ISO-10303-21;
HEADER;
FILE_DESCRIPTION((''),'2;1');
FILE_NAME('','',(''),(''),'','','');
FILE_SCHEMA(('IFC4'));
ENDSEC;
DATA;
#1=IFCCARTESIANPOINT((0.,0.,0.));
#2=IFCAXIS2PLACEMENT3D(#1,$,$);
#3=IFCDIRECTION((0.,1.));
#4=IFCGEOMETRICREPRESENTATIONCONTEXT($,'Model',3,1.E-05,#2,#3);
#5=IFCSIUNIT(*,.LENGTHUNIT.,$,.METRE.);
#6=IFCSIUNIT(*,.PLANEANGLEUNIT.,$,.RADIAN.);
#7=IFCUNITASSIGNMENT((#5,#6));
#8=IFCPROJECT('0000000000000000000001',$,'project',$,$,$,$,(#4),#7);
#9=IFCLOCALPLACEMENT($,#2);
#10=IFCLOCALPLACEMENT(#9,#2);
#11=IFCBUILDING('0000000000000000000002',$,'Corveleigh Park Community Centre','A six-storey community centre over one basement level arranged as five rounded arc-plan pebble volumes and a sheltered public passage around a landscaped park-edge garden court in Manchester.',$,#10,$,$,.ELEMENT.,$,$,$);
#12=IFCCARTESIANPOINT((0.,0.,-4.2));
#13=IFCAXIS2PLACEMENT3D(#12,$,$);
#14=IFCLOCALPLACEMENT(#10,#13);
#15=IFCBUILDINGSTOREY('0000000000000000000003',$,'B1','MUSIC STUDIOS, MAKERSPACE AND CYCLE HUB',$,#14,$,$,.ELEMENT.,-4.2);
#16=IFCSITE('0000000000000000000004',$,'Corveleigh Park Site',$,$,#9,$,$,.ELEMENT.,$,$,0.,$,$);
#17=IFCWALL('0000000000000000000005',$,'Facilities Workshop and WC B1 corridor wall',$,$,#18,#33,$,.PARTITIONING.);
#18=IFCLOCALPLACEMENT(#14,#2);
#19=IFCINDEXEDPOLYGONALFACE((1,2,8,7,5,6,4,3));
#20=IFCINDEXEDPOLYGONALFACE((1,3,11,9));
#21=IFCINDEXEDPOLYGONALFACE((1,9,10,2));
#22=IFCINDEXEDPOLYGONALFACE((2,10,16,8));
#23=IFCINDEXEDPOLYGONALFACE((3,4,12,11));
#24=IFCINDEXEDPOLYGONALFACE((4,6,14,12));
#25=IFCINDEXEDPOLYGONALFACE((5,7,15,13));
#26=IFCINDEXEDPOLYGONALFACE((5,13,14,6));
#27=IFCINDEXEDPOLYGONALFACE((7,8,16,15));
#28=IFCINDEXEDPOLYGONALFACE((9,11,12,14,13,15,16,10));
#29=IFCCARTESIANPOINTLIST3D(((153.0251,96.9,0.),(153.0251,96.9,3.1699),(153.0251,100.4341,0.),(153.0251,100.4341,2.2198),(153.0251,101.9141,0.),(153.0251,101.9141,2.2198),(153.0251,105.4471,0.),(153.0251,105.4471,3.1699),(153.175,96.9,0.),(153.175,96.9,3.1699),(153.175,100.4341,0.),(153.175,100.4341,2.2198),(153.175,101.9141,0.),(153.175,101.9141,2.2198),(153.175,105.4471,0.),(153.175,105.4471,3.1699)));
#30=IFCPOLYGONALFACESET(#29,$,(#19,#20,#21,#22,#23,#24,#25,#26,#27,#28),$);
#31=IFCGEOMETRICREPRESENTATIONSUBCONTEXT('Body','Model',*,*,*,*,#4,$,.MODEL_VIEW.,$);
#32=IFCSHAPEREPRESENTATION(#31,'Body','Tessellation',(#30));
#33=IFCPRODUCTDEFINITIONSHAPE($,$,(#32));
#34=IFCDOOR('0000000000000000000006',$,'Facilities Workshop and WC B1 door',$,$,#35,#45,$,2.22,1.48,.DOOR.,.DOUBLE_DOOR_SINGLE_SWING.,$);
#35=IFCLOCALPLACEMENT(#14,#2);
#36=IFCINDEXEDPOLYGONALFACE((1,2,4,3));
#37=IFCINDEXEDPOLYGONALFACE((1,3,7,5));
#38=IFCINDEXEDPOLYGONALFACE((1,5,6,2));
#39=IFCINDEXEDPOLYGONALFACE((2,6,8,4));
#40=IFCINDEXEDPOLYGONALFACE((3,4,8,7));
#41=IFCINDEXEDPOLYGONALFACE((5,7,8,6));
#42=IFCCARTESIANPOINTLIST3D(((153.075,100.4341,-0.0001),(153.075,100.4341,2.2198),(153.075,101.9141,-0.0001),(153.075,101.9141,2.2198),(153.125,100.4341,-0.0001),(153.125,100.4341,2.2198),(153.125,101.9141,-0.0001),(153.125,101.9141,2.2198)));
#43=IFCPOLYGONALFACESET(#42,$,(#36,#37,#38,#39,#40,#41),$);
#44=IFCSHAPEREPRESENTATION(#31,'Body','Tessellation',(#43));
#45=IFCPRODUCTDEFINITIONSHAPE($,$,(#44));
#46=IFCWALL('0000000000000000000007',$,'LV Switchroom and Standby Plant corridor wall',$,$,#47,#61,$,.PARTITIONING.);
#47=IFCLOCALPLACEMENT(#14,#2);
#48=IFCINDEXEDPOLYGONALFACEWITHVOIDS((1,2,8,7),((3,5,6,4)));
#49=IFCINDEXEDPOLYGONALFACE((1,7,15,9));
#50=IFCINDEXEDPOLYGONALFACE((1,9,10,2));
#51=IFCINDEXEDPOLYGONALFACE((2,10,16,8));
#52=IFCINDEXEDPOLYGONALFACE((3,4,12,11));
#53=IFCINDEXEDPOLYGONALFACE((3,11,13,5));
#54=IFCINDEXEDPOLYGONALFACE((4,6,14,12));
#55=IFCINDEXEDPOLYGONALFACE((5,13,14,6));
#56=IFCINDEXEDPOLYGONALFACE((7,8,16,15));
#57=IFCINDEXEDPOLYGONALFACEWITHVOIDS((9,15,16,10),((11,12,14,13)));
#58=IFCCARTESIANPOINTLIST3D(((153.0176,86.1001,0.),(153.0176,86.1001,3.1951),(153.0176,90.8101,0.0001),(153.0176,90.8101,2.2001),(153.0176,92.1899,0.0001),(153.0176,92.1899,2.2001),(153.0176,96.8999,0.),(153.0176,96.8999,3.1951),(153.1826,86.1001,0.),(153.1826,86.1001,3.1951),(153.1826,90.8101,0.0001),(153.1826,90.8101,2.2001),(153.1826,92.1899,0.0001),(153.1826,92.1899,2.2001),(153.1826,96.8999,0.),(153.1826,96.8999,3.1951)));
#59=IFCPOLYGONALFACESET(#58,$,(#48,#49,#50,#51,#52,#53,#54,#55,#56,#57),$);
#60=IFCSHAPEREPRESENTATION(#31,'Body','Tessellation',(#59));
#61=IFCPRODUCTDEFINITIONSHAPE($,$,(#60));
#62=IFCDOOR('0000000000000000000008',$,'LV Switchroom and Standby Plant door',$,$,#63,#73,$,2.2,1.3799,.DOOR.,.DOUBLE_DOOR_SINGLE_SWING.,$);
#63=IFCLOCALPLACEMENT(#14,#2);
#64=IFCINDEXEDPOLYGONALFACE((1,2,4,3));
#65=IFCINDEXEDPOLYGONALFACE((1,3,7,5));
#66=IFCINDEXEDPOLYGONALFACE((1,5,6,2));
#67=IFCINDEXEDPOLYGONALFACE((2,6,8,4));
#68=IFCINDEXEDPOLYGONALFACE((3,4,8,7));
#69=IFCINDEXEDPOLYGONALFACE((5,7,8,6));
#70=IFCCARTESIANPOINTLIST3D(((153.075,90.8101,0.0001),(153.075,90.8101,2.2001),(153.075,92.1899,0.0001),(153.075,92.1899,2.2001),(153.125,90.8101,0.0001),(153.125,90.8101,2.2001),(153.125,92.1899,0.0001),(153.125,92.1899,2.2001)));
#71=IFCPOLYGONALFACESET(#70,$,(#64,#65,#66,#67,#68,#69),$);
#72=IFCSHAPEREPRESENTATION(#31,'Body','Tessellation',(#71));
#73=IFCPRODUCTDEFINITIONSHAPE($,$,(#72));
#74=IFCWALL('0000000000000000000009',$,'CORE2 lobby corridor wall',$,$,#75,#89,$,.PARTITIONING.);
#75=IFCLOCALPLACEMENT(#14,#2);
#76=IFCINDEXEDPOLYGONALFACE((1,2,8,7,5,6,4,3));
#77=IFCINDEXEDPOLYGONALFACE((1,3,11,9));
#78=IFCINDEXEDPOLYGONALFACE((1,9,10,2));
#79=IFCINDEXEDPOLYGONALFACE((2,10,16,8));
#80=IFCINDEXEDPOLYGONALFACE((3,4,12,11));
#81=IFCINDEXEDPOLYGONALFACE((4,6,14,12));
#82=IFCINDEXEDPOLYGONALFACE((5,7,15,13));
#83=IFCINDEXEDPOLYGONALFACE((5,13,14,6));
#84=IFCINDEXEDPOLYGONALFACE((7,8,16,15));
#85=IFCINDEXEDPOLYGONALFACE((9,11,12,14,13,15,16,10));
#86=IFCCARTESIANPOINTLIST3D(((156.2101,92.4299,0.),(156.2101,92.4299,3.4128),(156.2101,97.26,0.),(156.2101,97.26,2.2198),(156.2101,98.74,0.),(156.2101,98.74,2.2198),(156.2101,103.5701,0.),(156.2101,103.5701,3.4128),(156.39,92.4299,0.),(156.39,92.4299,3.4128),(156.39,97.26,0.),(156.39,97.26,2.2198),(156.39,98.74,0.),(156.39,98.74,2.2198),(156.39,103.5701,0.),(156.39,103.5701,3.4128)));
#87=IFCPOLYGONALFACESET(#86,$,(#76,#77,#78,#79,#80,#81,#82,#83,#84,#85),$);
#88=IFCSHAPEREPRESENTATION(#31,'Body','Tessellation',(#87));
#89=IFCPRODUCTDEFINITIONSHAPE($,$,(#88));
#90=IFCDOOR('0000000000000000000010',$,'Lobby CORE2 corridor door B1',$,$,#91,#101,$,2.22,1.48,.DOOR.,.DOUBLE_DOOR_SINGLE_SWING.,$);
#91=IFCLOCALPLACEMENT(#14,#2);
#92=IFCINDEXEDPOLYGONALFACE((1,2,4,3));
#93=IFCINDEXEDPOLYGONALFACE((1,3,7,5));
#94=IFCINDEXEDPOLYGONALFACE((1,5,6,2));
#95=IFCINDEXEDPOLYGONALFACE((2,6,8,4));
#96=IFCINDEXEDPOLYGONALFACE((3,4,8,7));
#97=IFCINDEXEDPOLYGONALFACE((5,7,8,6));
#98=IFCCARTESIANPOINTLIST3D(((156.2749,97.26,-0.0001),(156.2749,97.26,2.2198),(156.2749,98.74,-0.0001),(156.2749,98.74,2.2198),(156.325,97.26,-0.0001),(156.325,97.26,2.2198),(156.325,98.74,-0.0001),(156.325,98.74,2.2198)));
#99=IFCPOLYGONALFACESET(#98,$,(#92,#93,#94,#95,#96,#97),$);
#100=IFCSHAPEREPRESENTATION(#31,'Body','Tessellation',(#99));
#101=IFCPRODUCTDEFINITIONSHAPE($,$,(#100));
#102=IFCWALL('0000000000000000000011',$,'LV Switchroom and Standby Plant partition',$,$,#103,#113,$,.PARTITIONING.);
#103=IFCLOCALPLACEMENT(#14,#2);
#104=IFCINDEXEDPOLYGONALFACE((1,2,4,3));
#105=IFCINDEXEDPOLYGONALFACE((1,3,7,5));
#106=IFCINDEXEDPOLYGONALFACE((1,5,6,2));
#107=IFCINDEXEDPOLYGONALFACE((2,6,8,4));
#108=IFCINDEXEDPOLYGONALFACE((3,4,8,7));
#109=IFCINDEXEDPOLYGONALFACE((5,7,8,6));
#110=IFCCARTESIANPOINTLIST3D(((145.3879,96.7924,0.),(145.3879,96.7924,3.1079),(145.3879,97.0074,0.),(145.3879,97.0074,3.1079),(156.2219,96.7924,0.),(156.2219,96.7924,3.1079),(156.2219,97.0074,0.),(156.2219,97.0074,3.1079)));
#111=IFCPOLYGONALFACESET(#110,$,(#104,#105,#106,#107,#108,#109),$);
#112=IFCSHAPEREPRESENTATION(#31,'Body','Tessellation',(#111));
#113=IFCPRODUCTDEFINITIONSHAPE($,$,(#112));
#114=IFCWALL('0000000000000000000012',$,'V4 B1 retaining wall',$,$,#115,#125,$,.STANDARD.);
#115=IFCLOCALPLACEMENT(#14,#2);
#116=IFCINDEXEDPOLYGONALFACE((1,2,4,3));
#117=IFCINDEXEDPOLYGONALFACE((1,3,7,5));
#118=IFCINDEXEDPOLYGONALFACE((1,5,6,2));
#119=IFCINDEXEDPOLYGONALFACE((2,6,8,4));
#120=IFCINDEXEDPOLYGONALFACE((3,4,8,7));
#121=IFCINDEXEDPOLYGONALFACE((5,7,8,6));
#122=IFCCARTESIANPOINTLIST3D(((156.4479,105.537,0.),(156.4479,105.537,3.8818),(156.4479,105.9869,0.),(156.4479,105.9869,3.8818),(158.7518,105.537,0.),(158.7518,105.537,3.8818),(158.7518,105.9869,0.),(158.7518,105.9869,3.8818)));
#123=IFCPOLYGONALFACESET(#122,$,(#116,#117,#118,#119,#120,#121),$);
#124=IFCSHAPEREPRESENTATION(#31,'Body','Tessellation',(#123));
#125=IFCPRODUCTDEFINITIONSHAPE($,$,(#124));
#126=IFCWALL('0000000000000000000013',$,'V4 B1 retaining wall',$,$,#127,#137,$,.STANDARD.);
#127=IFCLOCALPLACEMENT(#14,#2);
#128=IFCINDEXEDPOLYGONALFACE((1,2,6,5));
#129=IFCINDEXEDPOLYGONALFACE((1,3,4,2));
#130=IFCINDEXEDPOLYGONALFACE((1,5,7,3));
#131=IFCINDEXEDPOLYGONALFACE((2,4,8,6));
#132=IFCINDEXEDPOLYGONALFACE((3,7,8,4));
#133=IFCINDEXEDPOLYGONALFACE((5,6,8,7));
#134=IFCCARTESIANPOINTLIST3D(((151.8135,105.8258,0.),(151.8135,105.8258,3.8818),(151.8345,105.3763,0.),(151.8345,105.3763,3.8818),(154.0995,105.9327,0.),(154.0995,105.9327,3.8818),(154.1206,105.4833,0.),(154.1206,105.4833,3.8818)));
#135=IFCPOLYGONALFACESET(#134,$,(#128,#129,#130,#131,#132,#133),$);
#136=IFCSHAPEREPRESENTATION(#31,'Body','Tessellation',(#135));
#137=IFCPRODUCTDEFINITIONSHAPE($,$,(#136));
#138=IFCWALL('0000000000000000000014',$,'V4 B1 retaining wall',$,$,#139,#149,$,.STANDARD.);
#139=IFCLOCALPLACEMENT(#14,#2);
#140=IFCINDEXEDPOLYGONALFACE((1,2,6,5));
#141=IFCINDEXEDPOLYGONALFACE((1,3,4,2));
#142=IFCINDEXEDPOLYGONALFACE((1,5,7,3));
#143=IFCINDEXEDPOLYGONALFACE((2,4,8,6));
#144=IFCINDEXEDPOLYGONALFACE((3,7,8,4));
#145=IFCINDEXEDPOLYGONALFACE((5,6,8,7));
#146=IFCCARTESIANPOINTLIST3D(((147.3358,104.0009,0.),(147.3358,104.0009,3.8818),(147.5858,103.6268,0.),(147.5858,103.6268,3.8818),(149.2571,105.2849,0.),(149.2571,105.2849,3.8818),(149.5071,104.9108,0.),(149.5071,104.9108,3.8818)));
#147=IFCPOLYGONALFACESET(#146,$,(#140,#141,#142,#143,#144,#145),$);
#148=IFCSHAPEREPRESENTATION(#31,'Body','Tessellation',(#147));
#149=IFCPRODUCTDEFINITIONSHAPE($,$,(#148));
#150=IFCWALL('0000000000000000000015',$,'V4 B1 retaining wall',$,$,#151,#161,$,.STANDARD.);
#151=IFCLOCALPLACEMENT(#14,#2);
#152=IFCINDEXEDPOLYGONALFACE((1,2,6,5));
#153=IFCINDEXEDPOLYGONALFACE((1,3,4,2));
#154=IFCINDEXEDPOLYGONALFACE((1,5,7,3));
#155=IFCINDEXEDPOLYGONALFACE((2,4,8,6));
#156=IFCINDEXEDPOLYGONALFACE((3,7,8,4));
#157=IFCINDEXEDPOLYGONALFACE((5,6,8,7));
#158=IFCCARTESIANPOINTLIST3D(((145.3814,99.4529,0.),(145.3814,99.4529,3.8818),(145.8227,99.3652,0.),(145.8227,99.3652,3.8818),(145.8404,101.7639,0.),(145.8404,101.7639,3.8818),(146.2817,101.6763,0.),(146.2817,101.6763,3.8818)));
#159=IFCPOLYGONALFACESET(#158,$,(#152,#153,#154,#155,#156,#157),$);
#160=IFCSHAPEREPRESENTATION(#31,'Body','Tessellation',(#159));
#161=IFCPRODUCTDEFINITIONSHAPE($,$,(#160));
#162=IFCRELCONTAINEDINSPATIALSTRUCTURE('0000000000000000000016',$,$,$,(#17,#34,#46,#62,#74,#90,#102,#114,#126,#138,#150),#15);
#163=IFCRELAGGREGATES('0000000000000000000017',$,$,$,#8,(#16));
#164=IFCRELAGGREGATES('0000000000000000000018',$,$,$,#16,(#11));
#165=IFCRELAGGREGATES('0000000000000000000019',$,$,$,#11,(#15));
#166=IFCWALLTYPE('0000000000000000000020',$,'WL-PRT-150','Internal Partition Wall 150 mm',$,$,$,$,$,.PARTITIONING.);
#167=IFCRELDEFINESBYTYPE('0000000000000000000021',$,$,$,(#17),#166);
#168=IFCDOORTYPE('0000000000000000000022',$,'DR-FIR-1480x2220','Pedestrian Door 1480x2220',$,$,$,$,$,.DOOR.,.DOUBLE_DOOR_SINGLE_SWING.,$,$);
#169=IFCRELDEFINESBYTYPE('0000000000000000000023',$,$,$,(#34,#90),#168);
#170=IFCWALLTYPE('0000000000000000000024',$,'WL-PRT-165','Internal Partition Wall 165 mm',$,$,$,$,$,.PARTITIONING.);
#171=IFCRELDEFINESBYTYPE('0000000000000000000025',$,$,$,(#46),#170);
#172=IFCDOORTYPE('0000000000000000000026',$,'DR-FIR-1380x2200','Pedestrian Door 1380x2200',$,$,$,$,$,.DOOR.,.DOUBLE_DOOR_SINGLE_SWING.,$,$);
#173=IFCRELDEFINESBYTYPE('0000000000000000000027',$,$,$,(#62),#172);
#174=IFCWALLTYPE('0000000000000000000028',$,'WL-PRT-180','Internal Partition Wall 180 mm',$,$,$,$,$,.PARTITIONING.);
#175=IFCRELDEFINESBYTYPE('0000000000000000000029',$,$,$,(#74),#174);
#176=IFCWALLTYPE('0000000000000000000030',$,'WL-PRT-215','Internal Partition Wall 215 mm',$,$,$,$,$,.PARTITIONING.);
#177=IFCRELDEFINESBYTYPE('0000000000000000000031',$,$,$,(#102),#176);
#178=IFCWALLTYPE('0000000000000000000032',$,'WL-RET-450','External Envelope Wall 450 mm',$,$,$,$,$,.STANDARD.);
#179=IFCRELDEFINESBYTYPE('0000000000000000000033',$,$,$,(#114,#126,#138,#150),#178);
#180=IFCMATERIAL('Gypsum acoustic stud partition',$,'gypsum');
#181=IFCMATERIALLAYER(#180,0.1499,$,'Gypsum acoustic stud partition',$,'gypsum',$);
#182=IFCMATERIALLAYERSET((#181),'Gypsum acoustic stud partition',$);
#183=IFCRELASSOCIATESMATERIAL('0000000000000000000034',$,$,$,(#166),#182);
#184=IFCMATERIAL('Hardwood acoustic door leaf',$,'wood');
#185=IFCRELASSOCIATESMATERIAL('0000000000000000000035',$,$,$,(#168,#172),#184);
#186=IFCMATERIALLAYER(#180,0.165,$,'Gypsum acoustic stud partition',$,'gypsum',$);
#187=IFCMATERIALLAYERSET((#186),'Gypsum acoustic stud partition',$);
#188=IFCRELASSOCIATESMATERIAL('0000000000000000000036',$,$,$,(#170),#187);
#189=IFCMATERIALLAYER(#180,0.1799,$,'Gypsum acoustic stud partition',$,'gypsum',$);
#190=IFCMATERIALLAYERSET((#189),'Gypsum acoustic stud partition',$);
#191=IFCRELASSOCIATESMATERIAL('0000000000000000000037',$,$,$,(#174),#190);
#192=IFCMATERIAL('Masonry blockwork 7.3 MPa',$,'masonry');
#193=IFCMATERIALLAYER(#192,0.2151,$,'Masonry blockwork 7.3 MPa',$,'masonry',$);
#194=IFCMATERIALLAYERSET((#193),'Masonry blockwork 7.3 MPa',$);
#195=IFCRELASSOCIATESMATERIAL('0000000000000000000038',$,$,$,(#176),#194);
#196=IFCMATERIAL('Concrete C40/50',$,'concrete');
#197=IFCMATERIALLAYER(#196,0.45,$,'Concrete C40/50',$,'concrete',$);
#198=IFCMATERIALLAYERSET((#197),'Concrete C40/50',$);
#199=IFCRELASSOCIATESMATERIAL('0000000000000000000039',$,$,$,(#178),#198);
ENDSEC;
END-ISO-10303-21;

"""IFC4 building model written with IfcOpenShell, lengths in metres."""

from ifc_helpers import new_model, si_unit, direction, frame, frame_2d, origin, place, context, subcontext, project, spatial, rectangle, extrude, material, layer, layer_set, type_object, element, fill, save


model = new_model("IFC4")

# Units and contexts
model_context = context("Model", 3, precision=1e-05, world=origin(), true_north=direction((0.0, 1.0)))
body_context = subcontext(model_context, "Body", "Model", "MODEL_VIEW")
ifc_project = project(units=[si_unit("LENGTHUNIT", "METRE"), si_unit("PLANEANGLEUNIT", "RADIAN")], contexts=[model_context])

# Site, building, storey
site_placement = place(None, origin())
site = spatial("IfcSite", under=ifc_project, at=site_placement, Name="Corveleigh Park Site", CompositionType="ELEMENT", RefElevation=0.0)
building_placement = place(site_placement, origin())
building = spatial("IfcBuilding", under=site, at=building_placement, Name="Corveleigh Park Community Centre", Description="A six-storey community centre over one basement level arranged as five rounded arc-plan pebble volumes and a sheltered public passage around a landscaped park-edge garden court in Manchester.", CompositionType="ELEMENT")
storey_placement = place(building_placement, frame((0.0, 0.0, -4.2)))
storey = spatial("IfcBuildingStorey", under=building, at=storey_placement, Name="B1", Description="MUSIC STUDIOS, MAKERSPACE AND CYCLE HUB", CompositionType="ELEMENT", Elevation=-4.2)

# Shared definitions
ifc_material_1 = material(Name="Concrete C40/50", Category="concrete")

# Walls, openings, doors
ifc_material_2 = material(Name="Gypsum acoustic stud partition", Category="gypsum")
ifc_layer_1 = layer(ifc_material_2, 0.1499, Name="Gypsum acoustic stud partition", Category="gypsum")
ifc_layer_set_1 = layer_set([ifc_layer_1], Name="Gypsum acoustic stud partition")
wall_type_1 = type_object("IfcWallType", Name="WL-PRT-150", Description="Internal Partition Wall 150 mm", PredefinedType="PARTITIONING", material=ifc_layer_set_1)
wall_1_placement = place(storey_placement, frame((153.1001, 105.447, 0.0), z_axis=(0.0, 0.0, 1.0), x_axis=(0.0, -1.0, 0.0)))
wall_1 = element("IfcWall", 1, at=wall_1_placement, inside=storey, type_object=wall_type_1, Name="Facilities Workshop and WC B1 corridor wall", PredefinedType="PARTITIONING", context=body_context, shape_type="SweptSolid", body=[
    extrude(rectangle(XDim=8.5471, YDim=0.1499, at=frame_2d((4.2734, 0.0))), origin(), (0.0, 0.0, 1.0), 3.1699),
])
opening_1_placement = place(wall_1_placement, frame((3.533, 0.0, 0.0)))
opening_1 = element("IfcOpeningElement", 2, at=opening_1_placement, cuts=wall_1, PredefinedType="OPENING", context=body_context, shape_type="SweptSolid", body=[
    extrude(rectangle(XDim=1.48, YDim=2.22, at=frame_2d((0.74, 1.1099))), frame((0.0, 0.085, 0.0), z_axis=(0.0, -1.0, 0.0), x_axis=(1.0, 0.0, 0.0)), (0.0, 0.0, 1.0), 0.1699),
])
ifc_material_3 = material(Name="Hardwood acoustic door leaf", Category="wood")
door_type_1 = type_object("IfcDoorType", Name="DR-FIR-1480x2220", Description="Pedestrian Door 1480x2220", OperationType="DOUBLE_DOOR_SINGLE_SWING", PredefinedType="DOOR", material=ifc_material_3)
door_1_placement = place(opening_1_placement, origin())
door_1 = element("IfcDoor", 3, at=door_1_placement, inside=storey, type_object=door_type_1, Name="Facilities Workshop and WC B1 door", OperationType="DOUBLE_DOOR_SINGLE_SWING", OverallHeight=2.22, OverallWidth=1.48, PredefinedType="DOOR", context=body_context, shape_type="SweptSolid", body=[
    extrude(rectangle(XDim=1.48, YDim=2.22, at=frame_2d((0.74, 1.1099))), frame((0.0, 0.0249, 0.0), z_axis=(0.0, -1.0, 0.0), x_axis=(1.0, 0.0, 0.0)), (0.0, 0.0, 1.0), 0.05),
])
fill(opening_1, door_1)
ifc_layer_2 = layer(ifc_material_2, 0.165, Name="Gypsum acoustic stud partition", Category="gypsum")
ifc_layer_set_2 = layer_set([ifc_layer_2], Name="Gypsum acoustic stud partition")
wall_type_2 = type_object("IfcWallType", Name="WL-PRT-165", Description="Internal Partition Wall 165 mm", PredefinedType="PARTITIONING", material=ifc_layer_set_2)
wall_2_placement = place(storey_placement, frame((153.1001, 96.8999, 0.0), z_axis=(0.0, 0.0, 1.0), x_axis=(0.0, -1.0, 0.0)))
wall_2 = element("IfcWall", 4, at=wall_2_placement, inside=storey, type_object=wall_type_2, Name="LV Switchroom and Standby Plant corridor wall", PredefinedType="PARTITIONING", context=body_context, shape_type="SweptSolid", body=[
    extrude(rectangle(XDim=10.7998, YDim=0.165, at=frame_2d((5.3999, 0.0))), origin(), (0.0, 0.0, 1.0), 3.1951),
])
opening_2_placement = place(wall_2_placement, frame((4.71, 0.0, 0.0)))
opening_2 = element("IfcOpeningElement", 5, at=opening_2_placement, cuts=wall_2, PredefinedType="OPENING", context=body_context, shape_type="SweptSolid", body=[
    extrude(rectangle(XDim=1.3799, YDim=2.2, at=frame_2d((0.6899, 1.1001))), frame((0.0, 0.0925, 0.0), z_axis=(0.0, -1.0, 0.0), x_axis=(1.0, 0.0, 0.0)), (0.0, 0.0, 1.0), 0.1851),
])
door_type_2 = type_object("IfcDoorType", Name="DR-FIR-1380x2200", Description="Pedestrian Door 1380x2200", OperationType="DOUBLE_DOOR_SINGLE_SWING", PredefinedType="DOOR", material=ifc_material_3)
door_2_placement = place(opening_2_placement, origin())
door_2 = element("IfcDoor", 6, at=door_2_placement, inside=storey, type_object=door_type_2, Name="LV Switchroom and Standby Plant door", OperationType="DOUBLE_DOOR_SINGLE_SWING", OverallHeight=2.2, OverallWidth=1.3799, PredefinedType="DOOR", context=body_context, shape_type="SweptSolid", body=[
    extrude(rectangle(XDim=1.3799, YDim=2.2, at=frame_2d((0.6899, 1.1001))), frame((0.0, 0.0249, 0.0), z_axis=(0.0, -1.0, 0.0), x_axis=(1.0, 0.0, 0.0)), (0.0, 0.0, 1.0), 0.05),
])
fill(opening_2, door_2)
ifc_layer_3 = layer(ifc_material_2, 0.1799, Name="Gypsum acoustic stud partition", Category="gypsum")
ifc_layer_set_3 = layer_set([ifc_layer_3], Name="Gypsum acoustic stud partition")
wall_type_3 = type_object("IfcWallType", Name="WL-PRT-180", Description="Internal Partition Wall 180 mm", PredefinedType="PARTITIONING", material=ifc_layer_set_3)
wall_3_placement = place(storey_placement, frame((156.3, 103.5701, 0.0), z_axis=(0.0, 0.0, 1.0), x_axis=(0.0, -1.0, 0.0)))
wall_3 = element("IfcWall", 7, at=wall_3_placement, inside=storey, type_object=wall_type_3, Name="CORE2 lobby corridor wall", PredefinedType="PARTITIONING", context=body_context, shape_type="SweptSolid", body=[
    extrude(rectangle(XDim=11.1401, YDim=0.1799, at=frame_2d((5.5701, 0.0))), origin(), (0.0, 0.0, 1.0), 3.4128),
])
opening_3_placement = place(wall_3_placement, frame((4.8301, 0.0, 0.0)))
opening_3 = element("IfcOpeningElement", 8, at=opening_3_placement, cuts=wall_3, PredefinedType="OPENING", context=body_context, shape_type="SweptSolid", body=[
    extrude(rectangle(XDim=1.48, YDim=2.22, at=frame_2d((0.74, 1.1099))), frame((0.0, 0.0999, 0.0), z_axis=(0.0, -1.0, 0.0), x_axis=(1.0, 0.0, 0.0)), (0.0, 0.0, 1.0), 0.2),
])
door_3_placement = place(opening_3_placement, origin())
door_3 = element("IfcDoor", 9, at=door_3_placement, inside=storey, type_object=door_type_1, Name="Lobby CORE2 corridor door B1", OperationType="DOUBLE_DOOR_SINGLE_SWING", OverallHeight=2.22, OverallWidth=1.48, PredefinedType="DOOR", context=body_context, shape_type="SweptSolid", body=[
    extrude(rectangle(XDim=1.48, YDim=2.22, at=frame_2d((0.74, 1.1099))), frame((0.0, 0.0249, 0.0), z_axis=(0.0, -1.0, 0.0), x_axis=(1.0, 0.0, 0.0)), (0.0, 0.0, 1.0), 0.05),
])
fill(opening_3, door_3)

# Walls
ifc_material_4 = material(Name="Masonry blockwork 7.3 MPa", Category="masonry")
ifc_layer_4 = layer(ifc_material_4, 0.2151, Name="Masonry blockwork 7.3 MPa", Category="masonry")
ifc_layer_set_4 = layer_set([ifc_layer_4], Name="Masonry blockwork 7.3 MPa")
wall_type_4 = type_object("IfcWallType", Name="WL-PRT-215", Description="Internal Partition Wall 215 mm", PredefinedType="PARTITIONING", material=ifc_layer_set_4)
wall_4_placement = place(storey_placement, frame((145.3879, 96.8999, 0.0), z_axis=(0.0, 0.0, 1.0), x_axis=(1.0, 0.0, 0.0)))
element("IfcWall", 10, at=wall_4_placement, inside=storey, type_object=wall_type_4, Name="LV Switchroom and Standby Plant partition", PredefinedType="PARTITIONING", context=body_context, shape_type="SweptSolid", body=[
    extrude(rectangle(XDim=10.834, YDim=0.2151, at=frame_2d((5.417, 0.0))), origin(), (0.0, 0.0, 1.0), 3.1079),
])
ifc_layer_5 = layer(ifc_material_1, 0.45, Name="Concrete C40/50", Category="concrete")
ifc_layer_set_5 = layer_set([ifc_layer_5], Name="Concrete C40/50")
wall_type_5 = type_object("IfcWallType", Name="WL-RET-450", Description="External Envelope Wall 450 mm", PredefinedType="STANDARD", material=ifc_layer_set_5)
wall_5_placement = place(storey_placement, frame((156.448, 105.762, 0.0), z_axis=(0.0, 0.0, 1.0), x_axis=(1.0, 0.0, 0.0)))
element("IfcWall", 11, at=wall_5_placement, inside=storey, type_object=wall_type_5, Name="V4 B1 retaining wall", PredefinedType="STANDARD", context=body_context, shape_type="SweptSolid", body=[
    extrude(rectangle(XDim=2.304, YDim=0.45, at=frame_2d((1.1519, 0.0))), origin(), (0.0, 0.0, 1.0), 3.8818),
])
wall_6_placement = place(storey_placement, frame((151.824, 105.6011, 0.0), z_axis=(0.0, 0.0, 1.0), x_axis=(0.998908, 0.046724, 0.0)))
element("IfcWall", 12, at=wall_6_placement, inside=storey, type_object=wall_type_5, Name="V4 B1 retaining wall", PredefinedType="STANDARD", context=body_context, shape_type="SweptSolid", body=[
    extrude(rectangle(XDim=2.2886, YDim=0.45, at=frame_2d((1.1443, 0.0))), origin(), (0.0, 0.0, 1.0), 3.8818),
])
wall_7_placement = place(storey_placement, frame((147.4609, 103.814, 0.0), z_axis=(0.0, 0.0, 1.0), x_axis=(0.831416, 0.555651, 0.0)))
element("IfcWall", 13, at=wall_7_placement, inside=storey, type_object=wall_type_5, Name="V4 B1 retaining wall", PredefinedType="STANDARD", context=body_context, shape_type="SweptSolid", body=[
    extrude(rectangle(XDim=2.3108, YDim=0.45, at=frame_2d((1.1553, 0.0))), origin(), (0.0, 0.0, 1.0), 3.8818),
])
wall_8_placement = place(storey_placement, frame((145.6021, 99.4089, 0.0), z_axis=(0.0, 0.0, 1.0), x_axis=(0.194801, 0.980843, 0.0)))
element("IfcWall", 14, at=wall_8_placement, inside=storey, type_object=wall_type_5, Name="V4 B1 retaining wall", PredefinedType="STANDARD", context=body_context, shape_type="SweptSolid", body=[
    extrude(rectangle(XDim=2.3562, YDim=0.45, at=frame_2d((1.1782, 0.0))), origin(), (0.0, 0.0, 1.0), 3.8818),
])

save(model, "model.ifc")
